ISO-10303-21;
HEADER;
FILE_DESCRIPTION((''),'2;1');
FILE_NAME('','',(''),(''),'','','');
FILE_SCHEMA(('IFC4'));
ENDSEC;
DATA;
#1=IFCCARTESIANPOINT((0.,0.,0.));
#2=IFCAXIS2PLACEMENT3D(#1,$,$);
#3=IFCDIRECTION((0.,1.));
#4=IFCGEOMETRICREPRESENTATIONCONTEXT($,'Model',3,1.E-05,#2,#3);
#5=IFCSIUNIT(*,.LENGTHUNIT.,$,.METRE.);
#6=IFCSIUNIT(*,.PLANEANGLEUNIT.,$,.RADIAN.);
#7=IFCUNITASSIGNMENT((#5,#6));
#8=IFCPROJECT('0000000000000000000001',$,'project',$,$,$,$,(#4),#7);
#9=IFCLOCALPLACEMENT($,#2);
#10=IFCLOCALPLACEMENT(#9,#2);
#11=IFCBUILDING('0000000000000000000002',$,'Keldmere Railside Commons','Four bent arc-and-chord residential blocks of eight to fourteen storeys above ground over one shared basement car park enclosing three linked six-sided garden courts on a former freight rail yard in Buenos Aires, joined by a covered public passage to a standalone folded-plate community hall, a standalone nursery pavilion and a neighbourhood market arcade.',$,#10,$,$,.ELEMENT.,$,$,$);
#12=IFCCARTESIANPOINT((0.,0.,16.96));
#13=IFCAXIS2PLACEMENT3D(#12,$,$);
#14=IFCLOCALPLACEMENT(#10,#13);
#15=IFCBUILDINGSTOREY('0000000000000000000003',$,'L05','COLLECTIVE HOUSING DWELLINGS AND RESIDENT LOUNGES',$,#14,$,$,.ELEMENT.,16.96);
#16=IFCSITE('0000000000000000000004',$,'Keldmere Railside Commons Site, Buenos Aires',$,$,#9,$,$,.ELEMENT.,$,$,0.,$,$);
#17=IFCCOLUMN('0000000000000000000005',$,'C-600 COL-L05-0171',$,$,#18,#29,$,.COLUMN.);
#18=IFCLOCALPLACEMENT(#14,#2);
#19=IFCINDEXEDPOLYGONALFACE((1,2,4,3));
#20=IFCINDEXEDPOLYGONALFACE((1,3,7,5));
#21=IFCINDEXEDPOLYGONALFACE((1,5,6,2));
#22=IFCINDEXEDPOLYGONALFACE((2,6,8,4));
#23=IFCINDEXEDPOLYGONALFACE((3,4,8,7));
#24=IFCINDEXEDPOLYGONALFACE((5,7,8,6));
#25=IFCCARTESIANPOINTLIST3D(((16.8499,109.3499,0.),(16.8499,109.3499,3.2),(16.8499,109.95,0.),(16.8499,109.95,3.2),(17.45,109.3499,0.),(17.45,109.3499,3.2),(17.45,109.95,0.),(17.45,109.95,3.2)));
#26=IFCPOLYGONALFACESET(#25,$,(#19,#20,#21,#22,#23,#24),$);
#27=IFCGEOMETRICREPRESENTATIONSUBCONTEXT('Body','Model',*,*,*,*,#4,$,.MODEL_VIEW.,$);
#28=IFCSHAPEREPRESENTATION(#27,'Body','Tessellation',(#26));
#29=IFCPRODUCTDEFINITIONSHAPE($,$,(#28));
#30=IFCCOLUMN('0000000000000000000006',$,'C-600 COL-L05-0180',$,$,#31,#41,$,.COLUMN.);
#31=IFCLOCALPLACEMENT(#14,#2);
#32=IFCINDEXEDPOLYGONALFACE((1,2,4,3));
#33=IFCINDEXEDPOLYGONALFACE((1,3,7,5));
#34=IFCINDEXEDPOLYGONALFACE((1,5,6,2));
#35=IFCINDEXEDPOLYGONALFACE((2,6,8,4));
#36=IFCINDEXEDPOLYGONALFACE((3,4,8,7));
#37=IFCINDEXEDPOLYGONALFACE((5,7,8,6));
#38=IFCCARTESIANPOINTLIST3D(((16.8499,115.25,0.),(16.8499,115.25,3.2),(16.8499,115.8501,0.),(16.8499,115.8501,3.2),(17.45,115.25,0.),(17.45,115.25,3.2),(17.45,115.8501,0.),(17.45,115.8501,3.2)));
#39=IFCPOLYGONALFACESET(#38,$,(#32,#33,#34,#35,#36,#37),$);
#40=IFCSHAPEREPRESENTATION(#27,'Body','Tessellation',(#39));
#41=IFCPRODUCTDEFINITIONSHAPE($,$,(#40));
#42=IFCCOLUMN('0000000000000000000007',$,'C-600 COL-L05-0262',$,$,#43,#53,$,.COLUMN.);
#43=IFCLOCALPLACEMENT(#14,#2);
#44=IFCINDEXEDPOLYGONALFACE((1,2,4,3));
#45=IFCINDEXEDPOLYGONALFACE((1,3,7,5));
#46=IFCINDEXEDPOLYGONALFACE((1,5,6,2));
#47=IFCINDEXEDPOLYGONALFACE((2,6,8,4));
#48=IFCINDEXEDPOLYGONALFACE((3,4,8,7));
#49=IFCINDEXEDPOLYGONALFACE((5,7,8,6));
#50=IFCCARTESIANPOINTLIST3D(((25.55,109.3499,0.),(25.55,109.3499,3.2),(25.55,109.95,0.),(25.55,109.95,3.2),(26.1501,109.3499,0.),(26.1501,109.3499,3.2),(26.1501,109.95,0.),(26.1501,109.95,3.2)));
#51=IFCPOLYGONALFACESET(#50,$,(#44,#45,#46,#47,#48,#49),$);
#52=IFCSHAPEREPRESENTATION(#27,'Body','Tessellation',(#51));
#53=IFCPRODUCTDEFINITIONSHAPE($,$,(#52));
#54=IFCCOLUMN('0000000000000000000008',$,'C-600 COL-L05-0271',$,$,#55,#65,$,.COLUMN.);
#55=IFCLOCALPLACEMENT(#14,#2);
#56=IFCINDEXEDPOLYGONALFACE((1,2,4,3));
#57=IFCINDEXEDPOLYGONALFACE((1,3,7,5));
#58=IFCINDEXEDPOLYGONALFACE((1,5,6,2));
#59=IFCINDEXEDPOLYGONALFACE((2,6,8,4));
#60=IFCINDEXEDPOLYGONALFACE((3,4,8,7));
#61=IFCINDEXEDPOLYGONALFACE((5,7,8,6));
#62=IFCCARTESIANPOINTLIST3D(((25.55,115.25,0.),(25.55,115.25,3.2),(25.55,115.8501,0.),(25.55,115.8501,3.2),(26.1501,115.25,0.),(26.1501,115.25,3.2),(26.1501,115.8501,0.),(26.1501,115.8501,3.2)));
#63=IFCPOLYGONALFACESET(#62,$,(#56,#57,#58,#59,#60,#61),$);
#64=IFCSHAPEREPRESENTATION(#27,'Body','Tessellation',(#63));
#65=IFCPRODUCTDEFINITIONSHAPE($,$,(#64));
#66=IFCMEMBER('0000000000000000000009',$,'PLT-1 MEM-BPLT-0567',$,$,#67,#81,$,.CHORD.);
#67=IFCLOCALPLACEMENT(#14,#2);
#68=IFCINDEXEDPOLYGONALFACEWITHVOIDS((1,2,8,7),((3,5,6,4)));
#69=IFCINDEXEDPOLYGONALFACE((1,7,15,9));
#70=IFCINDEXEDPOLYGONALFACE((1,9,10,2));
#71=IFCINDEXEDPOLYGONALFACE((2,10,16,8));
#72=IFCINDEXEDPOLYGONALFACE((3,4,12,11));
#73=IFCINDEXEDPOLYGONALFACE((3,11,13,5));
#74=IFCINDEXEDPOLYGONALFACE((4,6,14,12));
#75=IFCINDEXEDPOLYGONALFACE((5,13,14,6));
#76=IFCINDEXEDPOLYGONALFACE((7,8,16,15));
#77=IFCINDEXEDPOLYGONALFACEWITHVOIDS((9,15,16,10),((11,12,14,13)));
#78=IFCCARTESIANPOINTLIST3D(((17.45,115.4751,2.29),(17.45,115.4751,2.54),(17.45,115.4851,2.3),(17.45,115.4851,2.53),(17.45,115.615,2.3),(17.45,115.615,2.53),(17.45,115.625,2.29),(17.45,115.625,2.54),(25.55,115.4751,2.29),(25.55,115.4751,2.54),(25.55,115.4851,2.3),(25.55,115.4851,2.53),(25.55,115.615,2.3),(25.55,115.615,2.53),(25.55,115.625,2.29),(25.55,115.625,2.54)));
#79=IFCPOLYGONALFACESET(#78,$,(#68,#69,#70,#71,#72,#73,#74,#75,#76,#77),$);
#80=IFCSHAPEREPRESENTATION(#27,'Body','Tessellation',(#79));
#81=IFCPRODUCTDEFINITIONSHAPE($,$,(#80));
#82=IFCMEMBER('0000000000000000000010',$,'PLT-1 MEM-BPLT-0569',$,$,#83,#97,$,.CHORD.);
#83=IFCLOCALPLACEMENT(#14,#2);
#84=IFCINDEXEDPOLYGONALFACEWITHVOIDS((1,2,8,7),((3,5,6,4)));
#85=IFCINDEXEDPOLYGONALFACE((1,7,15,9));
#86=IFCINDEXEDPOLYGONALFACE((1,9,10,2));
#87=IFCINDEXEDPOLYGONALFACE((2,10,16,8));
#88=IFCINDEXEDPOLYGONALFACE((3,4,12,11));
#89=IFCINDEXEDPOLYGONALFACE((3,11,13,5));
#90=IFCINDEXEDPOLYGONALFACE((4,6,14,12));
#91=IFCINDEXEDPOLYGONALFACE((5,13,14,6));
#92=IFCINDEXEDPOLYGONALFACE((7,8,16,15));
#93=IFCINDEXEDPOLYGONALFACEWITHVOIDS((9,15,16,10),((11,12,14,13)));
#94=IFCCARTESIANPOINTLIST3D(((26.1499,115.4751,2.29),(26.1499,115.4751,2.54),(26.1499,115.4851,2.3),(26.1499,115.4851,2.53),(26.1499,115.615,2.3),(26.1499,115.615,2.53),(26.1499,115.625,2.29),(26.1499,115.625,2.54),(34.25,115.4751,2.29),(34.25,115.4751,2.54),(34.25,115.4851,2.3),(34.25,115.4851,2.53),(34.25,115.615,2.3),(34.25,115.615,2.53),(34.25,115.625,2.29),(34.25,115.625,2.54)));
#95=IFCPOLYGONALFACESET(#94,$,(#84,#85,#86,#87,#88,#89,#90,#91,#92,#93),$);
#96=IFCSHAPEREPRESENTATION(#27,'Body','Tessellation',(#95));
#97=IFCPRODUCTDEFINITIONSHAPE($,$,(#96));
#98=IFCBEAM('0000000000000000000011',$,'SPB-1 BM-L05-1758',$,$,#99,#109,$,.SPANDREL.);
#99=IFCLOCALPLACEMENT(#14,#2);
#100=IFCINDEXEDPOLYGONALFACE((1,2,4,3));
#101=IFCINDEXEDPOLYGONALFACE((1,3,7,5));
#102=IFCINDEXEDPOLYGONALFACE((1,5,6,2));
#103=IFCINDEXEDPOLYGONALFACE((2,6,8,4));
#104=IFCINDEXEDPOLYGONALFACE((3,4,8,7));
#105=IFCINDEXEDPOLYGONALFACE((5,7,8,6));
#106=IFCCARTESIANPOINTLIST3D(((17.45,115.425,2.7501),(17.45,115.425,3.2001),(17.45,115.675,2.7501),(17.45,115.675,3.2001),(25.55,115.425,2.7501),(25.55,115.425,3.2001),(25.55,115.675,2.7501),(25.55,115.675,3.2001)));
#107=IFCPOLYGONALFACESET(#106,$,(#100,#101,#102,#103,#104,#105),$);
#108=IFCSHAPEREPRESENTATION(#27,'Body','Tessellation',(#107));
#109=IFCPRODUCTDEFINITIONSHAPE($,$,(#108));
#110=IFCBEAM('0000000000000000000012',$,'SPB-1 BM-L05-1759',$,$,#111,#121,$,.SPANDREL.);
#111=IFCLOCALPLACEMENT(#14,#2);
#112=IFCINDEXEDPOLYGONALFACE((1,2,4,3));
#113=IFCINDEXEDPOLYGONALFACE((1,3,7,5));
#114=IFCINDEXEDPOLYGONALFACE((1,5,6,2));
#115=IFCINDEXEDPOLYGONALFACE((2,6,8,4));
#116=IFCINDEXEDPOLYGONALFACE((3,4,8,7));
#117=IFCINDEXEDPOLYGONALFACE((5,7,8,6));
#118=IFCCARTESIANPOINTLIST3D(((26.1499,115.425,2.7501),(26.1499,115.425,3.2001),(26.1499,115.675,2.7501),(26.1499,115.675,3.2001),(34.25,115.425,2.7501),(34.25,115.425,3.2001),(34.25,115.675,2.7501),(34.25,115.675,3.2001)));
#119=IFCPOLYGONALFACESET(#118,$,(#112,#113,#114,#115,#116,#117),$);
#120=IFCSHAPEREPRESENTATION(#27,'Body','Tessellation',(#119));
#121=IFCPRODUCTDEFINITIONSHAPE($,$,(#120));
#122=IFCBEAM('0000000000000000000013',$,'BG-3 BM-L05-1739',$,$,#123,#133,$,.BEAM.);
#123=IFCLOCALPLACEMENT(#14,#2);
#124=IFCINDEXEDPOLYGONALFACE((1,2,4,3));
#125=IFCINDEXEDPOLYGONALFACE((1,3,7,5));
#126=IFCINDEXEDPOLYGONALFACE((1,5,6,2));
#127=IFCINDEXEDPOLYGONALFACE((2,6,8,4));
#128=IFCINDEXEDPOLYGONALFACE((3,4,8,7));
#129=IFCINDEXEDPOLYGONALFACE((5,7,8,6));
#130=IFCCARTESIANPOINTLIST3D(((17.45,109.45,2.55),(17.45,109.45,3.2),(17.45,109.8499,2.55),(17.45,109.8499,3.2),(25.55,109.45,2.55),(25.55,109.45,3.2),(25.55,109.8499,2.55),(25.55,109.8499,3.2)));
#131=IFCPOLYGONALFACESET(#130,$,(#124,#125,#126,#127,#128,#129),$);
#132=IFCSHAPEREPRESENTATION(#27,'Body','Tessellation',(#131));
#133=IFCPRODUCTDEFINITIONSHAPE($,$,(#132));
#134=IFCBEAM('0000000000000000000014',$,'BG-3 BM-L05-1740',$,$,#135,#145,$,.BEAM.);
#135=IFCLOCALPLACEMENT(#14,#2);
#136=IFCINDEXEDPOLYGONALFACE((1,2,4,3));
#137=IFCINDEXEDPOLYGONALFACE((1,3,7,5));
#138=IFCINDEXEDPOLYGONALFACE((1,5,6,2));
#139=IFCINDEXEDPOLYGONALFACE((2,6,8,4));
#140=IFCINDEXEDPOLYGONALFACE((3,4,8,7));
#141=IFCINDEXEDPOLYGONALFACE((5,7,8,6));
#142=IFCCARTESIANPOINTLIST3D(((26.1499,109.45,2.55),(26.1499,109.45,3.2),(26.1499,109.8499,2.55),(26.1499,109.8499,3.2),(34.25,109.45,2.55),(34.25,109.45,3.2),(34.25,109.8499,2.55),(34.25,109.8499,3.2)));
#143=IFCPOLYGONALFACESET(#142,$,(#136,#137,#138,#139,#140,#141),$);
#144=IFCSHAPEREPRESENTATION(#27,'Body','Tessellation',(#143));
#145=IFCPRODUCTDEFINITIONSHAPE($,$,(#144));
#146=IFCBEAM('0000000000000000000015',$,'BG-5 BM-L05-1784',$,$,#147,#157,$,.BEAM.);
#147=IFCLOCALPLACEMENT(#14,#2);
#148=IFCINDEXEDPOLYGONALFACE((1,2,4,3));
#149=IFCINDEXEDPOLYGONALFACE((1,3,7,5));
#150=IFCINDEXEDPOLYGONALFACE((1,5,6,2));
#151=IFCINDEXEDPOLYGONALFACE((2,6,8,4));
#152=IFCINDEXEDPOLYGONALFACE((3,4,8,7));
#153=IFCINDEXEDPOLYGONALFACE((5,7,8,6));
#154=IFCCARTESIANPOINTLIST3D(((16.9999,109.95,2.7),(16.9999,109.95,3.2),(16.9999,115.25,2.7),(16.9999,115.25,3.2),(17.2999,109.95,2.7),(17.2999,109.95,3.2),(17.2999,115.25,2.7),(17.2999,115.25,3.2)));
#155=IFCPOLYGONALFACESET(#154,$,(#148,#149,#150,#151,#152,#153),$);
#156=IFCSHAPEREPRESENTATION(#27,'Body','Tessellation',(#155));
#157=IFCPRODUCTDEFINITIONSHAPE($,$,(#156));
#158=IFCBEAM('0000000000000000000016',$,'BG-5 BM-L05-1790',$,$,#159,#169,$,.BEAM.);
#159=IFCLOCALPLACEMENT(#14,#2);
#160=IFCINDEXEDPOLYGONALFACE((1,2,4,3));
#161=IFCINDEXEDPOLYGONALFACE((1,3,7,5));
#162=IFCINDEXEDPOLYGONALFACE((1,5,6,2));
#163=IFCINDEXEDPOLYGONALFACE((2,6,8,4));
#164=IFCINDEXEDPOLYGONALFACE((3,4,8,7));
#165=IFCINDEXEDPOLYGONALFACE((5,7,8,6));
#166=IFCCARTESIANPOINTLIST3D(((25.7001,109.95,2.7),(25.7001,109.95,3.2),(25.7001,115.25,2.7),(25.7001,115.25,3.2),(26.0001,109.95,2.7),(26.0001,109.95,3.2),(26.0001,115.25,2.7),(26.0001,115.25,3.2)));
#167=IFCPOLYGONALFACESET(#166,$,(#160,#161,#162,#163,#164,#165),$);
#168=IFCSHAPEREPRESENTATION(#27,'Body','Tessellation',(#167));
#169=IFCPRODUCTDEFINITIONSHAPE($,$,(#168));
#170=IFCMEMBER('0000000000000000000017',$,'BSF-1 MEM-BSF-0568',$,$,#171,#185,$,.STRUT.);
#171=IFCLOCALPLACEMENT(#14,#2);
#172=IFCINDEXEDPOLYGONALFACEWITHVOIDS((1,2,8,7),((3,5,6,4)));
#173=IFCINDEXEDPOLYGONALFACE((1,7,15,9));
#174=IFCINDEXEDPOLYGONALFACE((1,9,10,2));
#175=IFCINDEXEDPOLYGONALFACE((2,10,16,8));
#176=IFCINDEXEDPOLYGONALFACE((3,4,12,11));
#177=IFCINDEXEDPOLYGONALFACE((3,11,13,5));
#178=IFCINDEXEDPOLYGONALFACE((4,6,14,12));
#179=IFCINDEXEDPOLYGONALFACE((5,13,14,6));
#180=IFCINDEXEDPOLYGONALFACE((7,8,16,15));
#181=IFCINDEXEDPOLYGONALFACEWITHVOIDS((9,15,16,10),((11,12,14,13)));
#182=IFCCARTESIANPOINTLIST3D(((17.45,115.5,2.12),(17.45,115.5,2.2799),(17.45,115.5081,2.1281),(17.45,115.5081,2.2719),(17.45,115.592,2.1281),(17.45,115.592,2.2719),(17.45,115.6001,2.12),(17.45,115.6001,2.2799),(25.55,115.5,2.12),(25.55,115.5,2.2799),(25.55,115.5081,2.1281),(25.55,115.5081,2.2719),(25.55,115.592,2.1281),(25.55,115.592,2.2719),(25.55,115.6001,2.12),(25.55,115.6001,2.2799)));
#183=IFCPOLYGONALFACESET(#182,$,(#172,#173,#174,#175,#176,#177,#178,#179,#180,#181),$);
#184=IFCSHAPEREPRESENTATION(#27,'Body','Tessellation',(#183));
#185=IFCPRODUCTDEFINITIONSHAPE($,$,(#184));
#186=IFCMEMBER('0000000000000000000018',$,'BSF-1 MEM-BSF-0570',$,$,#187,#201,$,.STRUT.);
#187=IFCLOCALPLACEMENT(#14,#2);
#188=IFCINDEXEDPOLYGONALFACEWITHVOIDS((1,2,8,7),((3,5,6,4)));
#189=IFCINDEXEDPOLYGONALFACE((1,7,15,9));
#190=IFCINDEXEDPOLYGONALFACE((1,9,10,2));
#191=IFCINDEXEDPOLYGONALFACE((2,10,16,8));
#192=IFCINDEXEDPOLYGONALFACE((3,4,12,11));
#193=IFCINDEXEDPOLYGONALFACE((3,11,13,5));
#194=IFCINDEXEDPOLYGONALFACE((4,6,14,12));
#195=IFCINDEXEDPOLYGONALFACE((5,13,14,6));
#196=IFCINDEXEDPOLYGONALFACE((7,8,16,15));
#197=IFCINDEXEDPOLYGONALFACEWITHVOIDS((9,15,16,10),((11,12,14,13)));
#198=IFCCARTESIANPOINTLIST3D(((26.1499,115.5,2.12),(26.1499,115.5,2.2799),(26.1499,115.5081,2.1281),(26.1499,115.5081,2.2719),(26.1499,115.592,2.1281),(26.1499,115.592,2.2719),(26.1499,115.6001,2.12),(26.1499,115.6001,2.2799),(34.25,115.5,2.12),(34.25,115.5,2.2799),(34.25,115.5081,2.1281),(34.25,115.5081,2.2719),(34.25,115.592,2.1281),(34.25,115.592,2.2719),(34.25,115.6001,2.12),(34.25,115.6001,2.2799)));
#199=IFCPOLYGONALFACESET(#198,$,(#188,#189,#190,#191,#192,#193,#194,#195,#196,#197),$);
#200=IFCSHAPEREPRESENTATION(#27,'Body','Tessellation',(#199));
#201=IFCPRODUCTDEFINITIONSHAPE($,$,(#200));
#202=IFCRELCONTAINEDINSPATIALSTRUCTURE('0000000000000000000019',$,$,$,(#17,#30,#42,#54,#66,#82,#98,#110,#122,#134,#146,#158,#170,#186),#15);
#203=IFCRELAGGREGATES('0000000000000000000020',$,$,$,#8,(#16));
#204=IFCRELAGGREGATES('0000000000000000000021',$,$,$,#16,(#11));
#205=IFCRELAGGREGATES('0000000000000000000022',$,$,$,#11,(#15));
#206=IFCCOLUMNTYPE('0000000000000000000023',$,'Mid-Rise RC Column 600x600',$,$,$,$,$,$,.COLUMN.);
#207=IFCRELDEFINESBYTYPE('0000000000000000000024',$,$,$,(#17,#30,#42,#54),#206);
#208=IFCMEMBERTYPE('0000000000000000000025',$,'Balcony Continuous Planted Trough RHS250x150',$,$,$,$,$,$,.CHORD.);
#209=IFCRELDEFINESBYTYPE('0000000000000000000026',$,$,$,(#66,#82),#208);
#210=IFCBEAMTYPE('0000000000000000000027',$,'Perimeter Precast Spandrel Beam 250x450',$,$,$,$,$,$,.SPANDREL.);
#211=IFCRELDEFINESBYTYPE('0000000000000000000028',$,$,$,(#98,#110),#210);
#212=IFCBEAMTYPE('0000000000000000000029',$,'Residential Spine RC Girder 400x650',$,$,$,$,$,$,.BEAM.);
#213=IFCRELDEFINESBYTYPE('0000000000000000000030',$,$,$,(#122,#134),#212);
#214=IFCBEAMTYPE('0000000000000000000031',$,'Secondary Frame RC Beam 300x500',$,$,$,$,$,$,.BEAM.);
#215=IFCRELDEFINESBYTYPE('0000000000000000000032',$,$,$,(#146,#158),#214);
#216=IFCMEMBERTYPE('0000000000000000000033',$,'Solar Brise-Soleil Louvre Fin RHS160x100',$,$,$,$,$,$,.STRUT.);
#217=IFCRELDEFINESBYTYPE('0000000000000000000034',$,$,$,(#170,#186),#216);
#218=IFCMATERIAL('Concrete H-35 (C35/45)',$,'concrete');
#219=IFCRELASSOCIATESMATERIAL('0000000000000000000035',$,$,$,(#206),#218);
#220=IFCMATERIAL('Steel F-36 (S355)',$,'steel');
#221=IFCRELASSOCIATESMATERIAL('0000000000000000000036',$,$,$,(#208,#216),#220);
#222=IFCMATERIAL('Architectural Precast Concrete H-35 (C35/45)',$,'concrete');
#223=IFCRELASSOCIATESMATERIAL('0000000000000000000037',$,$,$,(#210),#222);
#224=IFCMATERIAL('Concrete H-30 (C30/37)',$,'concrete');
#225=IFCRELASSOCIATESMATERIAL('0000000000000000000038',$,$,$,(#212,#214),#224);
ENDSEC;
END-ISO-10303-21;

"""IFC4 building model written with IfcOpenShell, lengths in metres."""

from ifc_helpers import new_model, si_unit, direction, frame, origin, origin_2d, place, context, subcontext, project, spatial, rectangle, hollow_rectangle, extrude, material, material_profile, profile_set, type_object, element, save


model = new_model("IFC4")

# Units and contexts
model_context = context("Model", 3, precision=1e-05, world=origin(), true_north=direction((0.0, 1.0)))
body_context = subcontext(model_context, "Body", "Model", "MODEL_VIEW")
ifc_project = project(units=[si_unit("LENGTHUNIT", "METRE"), si_unit("PLANEANGLEUNIT", "RADIAN")], contexts=[model_context])

# Site, building, storey
site_placement = place(None, origin())
site = spatial("IfcSite", under=ifc_project, at=site_placement, Name="Keldmere Railside Commons Site, Buenos Aires", CompositionType="ELEMENT", RefElevation=0.0)
building_placement = place(site_placement, origin())
building = spatial("IfcBuilding", under=site, at=building_placement, Name="Keldmere Railside Commons", Description="Four bent arc-and-chord residential blocks of eight to fourteen storeys above ground over one shared basement car park enclosing three linked six-sided garden courts on a former freight rail yard in Buenos Aires, joined by a covered public passage to a standalone folded-plate community hall, a standalone nursery pavilion and a neighbourhood market arcade.", CompositionType="ELEMENT")
storey_placement = place(building_placement, frame((0.0, 0.0, 16.96)))
storey = spatial("IfcBuildingStorey", under=building, at=storey_placement, Name="L05", Description="COLLECTIVE HOUSING DWELLINGS AND RESIDENT LOUNGES", CompositionType="ELEMENT", Elevation=16.96)

# Columns
ifc_material_1 = material(Name="Concrete H-35 (C35/45)", Category="concrete")
ifc_material_profile_1 = material_profile(ifc_material_1, rectangle(XDim=0.6001, YDim=0.6001, at=origin_2d()), Name="RC-600x600")
ifc_profile_set_1 = profile_set([ifc_material_profile_1], Name="Concrete H-35 (C35/45)")
column_type = type_object("IfcColumnType", Name="Mid-Rise RC Column 600x600", PredefinedType="COLUMN", material=ifc_profile_set_1)
for number, where, z_axis, x_axis, name in (
    (1, (17.1499, 109.6499, 0.0), (0.0, 0.0, 1.0), (1.0, 0.0, 0.0), "C-600 COL-L05-0171"),
    (2, (17.1499, 115.55, 0.0), (0.0, 0.0, 1.0), (1.0, 0.0, 0.0), "C-600 COL-L05-0180"),
    (3, (25.8501, 109.6499, 0.0), (0.0, 0.0, 1.0), (1.0, 0.0, 0.0), "C-600 COL-L05-0262"),
    (4, (25.8501, 115.55, 0.0), (0.0, 0.0, 1.0), (1.0, 0.0, 0.0), "C-600 COL-L05-0271"),
):
    element("IfcColumn", number, at=place(storey_placement, frame(where, z_axis=z_axis, x_axis=x_axis)), inside=storey, type_object=column_type, Name=name, PredefinedType="COLUMN", context=body_context, shape_type="SweptSolid", body=[
        extrude(rectangle(XDim=0.6001, YDim=0.6001, at=origin_2d()), origin(), (0.0, 0.0, 1.0), 3.2),
    ])

# Members
ifc_material_2 = material(Name="Steel F-36 (S355)", Category="steel")
ifc_material_profile_2 = material_profile(ifc_material_2, hollow_rectangle(XDim=0.1499, YDim=0.25, WallThickness=0.01, at=origin_2d()), Name="RHS-250x150x10")
ifc_profile_set_2 = profile_set([ifc_material_profile_2], Name="Steel F-36 (S355)")
member_type_1 = type_object("IfcMemberType", Name="Balcony Continuous Planted Trough RHS250x150", PredefinedType="CHORD", material=ifc_profile_set_2)
for number, where, z_axis, x_axis, name in (
    (5, (17.45, 115.55, 2.415), (1.0, 0.0, 0.0), (0.0, 1.0, 0.0), "PLT-1 MEM-BPLT-0567"),
    (6, (26.1499, 115.55, 2.415), (1.0, 0.0, 0.0), (0.0, 1.0, 0.0), "PLT-1 MEM-BPLT-0569"),
):
    element("IfcMember", number, at=place(storey_placement, frame(where, z_axis=z_axis, x_axis=x_axis)), inside=storey, type_object=member_type_1, Name=name, PredefinedType="CHORD", context=body_context, shape_type="SweptSolid", body=[
        extrude(hollow_rectangle(XDim=0.1499, YDim=0.25, WallThickness=0.01, at=origin_2d()), origin(), (0.0, 0.0, 1.0), 8.1001),
    ])

# Beams
ifc_material_3 = material(Name="Architectural Precast Concrete H-35 (C35/45)", Category="concrete")
ifc_material_profile_3 = material_profile(ifc_material_3, rectangle(XDim=0.25, YDim=0.45, at=origin_2d()), Name="RC-250x450")
ifc_profile_set_3 = profile_set([ifc_material_profile_3], Name="Architectural Precast Concrete H-35 (C35/45)")
beam_type_1 = type_object("IfcBeamType", Name="Perimeter Precast Spandrel Beam 250x450", PredefinedType="SPANDREL", material=ifc_profile_set_3)
for number, where, z_axis, x_axis, name in (
    (7, (17.45, 115.55, 2.9751), (1.0, 0.0, 0.0), (0.0, 1.0, 0.0), "SPB-1 BM-L05-1758"),
    (8, (26.1499, 115.55, 2.9751), (1.0, 0.0, 0.0), (0.0, 1.0, 0.0), "SPB-1 BM-L05-1759"),
):
    element("IfcBeam", number, at=place(storey_placement, frame(where, z_axis=z_axis, x_axis=x_axis)), inside=storey, type_object=beam_type_1, Name=name, PredefinedType="SPANDREL", context=body_context, shape_type="SweptSolid", body=[
        extrude(rectangle(XDim=0.25, YDim=0.45, at=origin_2d()), origin(), (0.0, 0.0, 1.0), 8.1001),
    ])
ifc_material_4 = material(Name="Concrete H-30 (C30/37)", Category="concrete")
ifc_material_profile_4 = material_profile(ifc_material_4, rectangle(XDim=0.3999, YDim=0.6499, at=origin_2d()), Name="RC-400x650")
ifc_profile_set_4 = profile_set([ifc_material_profile_4], Name="Concrete H-30 (C30/37)")
beam_type_2 = type_object("IfcBeamType", Name="Residential Spine RC Girder 400x650", PredefinedType="BEAM", material=ifc_profile_set_4)
for number, where, z_axis, x_axis, name in (
    (9, (17.45, 109.6499, 2.875), (1.0, 0.0, 0.0), (0.0, 1.0, 0.0), "BG-3 BM-L05-1739"),
    (10, (26.1499, 109.6499, 2.875), (1.0, 0.0, 0.0), (0.0, 1.0, 0.0), "BG-3 BM-L05-1740"),
):
    element("IfcBeam", number, at=place(storey_placement, frame(where, z_axis=z_axis, x_axis=x_axis)), inside=storey, type_object=beam_type_2, Name=name, PredefinedType="BEAM", context=body_context, shape_type="SweptSolid", body=[
        extrude(rectangle(XDim=0.3999, YDim=0.6499, at=origin_2d()), origin(), (0.0, 0.0, 1.0), 8.1001),
    ])
ifc_material_profile_5 = material_profile(ifc_material_4, rectangle(XDim=0.3, YDim=0.5, at=origin_2d()), Name="RC-300x500")
ifc_profile_set_5 = profile_set([ifc_material_profile_5], Name="Concrete H-30 (C30/37)")
beam_type_3 = type_object("IfcBeamType", Name="Secondary Frame RC Beam 300x500", PredefinedType="BEAM", material=ifc_profile_set_5)
for number, where, z_axis, x_axis, name in (
    (11, (17.1499, 109.95, 2.95), (0.0, 1.0, 0.0), (-1.0, 0.0, 0.0), "BG-5 BM-L05-1784"),
    (12, (25.8501, 109.95, 2.95), (0.0, 1.0, 0.0), (-1.0, 0.0, 0.0), "BG-5 BM-L05-1790"),
):
    element("IfcBeam", number, at=place(storey_placement, frame(where, z_axis=z_axis, x_axis=x_axis)), inside=storey, type_object=beam_type_3, Name=name, PredefinedType="BEAM", context=body_context, shape_type="SweptSolid", body=[
        extrude(rectangle(XDim=0.3, YDim=0.5, at=origin_2d()), origin(), (0.0, 0.0, 1.0), 5.3),
    ])

# Members
ifc_material_profile_6 = material_profile(ifc_material_2, hollow_rectangle(XDim=0.1001, YDim=0.1599, WallThickness=0.0081, at=origin_2d()), Name="RHS-160x100x8")
ifc_profile_set_6 = profile_set([ifc_material_profile_6], Name="Steel F-36 (S355)")
member_type_2 = type_object("IfcMemberType", Name="Solar Brise-Soleil Louvre Fin RHS160x100", PredefinedType="STRUT", material=ifc_profile_set_6)
for number, where, z_axis, x_axis, name in (
    (13, (17.45, 115.55, 2.2), (1.0, 0.0, 0.0), (0.0, 1.0, 0.0), "BSF-1 MEM-BSF-0568"),
    (14, (26.1499, 115.55, 2.2), (1.0, 0.0, 0.0), (0.0, 1.0, 0.0), "BSF-1 MEM-BSF-0570"),
):
    element("IfcMember", number, at=place(storey_placement, frame(where, z_axis=z_axis, x_axis=x_axis)), inside=storey, type_object=member_type_2, Name=name, PredefinedType="STRUT", context=body_context, shape_type="SweptSolid", body=[
        extrude(hollow_rectangle(XDim=0.1001, YDim=0.1599, WallThickness=0.0081, at=origin_2d()), origin(), (0.0, 0.0, 1.0), 8.1001),
    ])

save(model, "model.ifc")
